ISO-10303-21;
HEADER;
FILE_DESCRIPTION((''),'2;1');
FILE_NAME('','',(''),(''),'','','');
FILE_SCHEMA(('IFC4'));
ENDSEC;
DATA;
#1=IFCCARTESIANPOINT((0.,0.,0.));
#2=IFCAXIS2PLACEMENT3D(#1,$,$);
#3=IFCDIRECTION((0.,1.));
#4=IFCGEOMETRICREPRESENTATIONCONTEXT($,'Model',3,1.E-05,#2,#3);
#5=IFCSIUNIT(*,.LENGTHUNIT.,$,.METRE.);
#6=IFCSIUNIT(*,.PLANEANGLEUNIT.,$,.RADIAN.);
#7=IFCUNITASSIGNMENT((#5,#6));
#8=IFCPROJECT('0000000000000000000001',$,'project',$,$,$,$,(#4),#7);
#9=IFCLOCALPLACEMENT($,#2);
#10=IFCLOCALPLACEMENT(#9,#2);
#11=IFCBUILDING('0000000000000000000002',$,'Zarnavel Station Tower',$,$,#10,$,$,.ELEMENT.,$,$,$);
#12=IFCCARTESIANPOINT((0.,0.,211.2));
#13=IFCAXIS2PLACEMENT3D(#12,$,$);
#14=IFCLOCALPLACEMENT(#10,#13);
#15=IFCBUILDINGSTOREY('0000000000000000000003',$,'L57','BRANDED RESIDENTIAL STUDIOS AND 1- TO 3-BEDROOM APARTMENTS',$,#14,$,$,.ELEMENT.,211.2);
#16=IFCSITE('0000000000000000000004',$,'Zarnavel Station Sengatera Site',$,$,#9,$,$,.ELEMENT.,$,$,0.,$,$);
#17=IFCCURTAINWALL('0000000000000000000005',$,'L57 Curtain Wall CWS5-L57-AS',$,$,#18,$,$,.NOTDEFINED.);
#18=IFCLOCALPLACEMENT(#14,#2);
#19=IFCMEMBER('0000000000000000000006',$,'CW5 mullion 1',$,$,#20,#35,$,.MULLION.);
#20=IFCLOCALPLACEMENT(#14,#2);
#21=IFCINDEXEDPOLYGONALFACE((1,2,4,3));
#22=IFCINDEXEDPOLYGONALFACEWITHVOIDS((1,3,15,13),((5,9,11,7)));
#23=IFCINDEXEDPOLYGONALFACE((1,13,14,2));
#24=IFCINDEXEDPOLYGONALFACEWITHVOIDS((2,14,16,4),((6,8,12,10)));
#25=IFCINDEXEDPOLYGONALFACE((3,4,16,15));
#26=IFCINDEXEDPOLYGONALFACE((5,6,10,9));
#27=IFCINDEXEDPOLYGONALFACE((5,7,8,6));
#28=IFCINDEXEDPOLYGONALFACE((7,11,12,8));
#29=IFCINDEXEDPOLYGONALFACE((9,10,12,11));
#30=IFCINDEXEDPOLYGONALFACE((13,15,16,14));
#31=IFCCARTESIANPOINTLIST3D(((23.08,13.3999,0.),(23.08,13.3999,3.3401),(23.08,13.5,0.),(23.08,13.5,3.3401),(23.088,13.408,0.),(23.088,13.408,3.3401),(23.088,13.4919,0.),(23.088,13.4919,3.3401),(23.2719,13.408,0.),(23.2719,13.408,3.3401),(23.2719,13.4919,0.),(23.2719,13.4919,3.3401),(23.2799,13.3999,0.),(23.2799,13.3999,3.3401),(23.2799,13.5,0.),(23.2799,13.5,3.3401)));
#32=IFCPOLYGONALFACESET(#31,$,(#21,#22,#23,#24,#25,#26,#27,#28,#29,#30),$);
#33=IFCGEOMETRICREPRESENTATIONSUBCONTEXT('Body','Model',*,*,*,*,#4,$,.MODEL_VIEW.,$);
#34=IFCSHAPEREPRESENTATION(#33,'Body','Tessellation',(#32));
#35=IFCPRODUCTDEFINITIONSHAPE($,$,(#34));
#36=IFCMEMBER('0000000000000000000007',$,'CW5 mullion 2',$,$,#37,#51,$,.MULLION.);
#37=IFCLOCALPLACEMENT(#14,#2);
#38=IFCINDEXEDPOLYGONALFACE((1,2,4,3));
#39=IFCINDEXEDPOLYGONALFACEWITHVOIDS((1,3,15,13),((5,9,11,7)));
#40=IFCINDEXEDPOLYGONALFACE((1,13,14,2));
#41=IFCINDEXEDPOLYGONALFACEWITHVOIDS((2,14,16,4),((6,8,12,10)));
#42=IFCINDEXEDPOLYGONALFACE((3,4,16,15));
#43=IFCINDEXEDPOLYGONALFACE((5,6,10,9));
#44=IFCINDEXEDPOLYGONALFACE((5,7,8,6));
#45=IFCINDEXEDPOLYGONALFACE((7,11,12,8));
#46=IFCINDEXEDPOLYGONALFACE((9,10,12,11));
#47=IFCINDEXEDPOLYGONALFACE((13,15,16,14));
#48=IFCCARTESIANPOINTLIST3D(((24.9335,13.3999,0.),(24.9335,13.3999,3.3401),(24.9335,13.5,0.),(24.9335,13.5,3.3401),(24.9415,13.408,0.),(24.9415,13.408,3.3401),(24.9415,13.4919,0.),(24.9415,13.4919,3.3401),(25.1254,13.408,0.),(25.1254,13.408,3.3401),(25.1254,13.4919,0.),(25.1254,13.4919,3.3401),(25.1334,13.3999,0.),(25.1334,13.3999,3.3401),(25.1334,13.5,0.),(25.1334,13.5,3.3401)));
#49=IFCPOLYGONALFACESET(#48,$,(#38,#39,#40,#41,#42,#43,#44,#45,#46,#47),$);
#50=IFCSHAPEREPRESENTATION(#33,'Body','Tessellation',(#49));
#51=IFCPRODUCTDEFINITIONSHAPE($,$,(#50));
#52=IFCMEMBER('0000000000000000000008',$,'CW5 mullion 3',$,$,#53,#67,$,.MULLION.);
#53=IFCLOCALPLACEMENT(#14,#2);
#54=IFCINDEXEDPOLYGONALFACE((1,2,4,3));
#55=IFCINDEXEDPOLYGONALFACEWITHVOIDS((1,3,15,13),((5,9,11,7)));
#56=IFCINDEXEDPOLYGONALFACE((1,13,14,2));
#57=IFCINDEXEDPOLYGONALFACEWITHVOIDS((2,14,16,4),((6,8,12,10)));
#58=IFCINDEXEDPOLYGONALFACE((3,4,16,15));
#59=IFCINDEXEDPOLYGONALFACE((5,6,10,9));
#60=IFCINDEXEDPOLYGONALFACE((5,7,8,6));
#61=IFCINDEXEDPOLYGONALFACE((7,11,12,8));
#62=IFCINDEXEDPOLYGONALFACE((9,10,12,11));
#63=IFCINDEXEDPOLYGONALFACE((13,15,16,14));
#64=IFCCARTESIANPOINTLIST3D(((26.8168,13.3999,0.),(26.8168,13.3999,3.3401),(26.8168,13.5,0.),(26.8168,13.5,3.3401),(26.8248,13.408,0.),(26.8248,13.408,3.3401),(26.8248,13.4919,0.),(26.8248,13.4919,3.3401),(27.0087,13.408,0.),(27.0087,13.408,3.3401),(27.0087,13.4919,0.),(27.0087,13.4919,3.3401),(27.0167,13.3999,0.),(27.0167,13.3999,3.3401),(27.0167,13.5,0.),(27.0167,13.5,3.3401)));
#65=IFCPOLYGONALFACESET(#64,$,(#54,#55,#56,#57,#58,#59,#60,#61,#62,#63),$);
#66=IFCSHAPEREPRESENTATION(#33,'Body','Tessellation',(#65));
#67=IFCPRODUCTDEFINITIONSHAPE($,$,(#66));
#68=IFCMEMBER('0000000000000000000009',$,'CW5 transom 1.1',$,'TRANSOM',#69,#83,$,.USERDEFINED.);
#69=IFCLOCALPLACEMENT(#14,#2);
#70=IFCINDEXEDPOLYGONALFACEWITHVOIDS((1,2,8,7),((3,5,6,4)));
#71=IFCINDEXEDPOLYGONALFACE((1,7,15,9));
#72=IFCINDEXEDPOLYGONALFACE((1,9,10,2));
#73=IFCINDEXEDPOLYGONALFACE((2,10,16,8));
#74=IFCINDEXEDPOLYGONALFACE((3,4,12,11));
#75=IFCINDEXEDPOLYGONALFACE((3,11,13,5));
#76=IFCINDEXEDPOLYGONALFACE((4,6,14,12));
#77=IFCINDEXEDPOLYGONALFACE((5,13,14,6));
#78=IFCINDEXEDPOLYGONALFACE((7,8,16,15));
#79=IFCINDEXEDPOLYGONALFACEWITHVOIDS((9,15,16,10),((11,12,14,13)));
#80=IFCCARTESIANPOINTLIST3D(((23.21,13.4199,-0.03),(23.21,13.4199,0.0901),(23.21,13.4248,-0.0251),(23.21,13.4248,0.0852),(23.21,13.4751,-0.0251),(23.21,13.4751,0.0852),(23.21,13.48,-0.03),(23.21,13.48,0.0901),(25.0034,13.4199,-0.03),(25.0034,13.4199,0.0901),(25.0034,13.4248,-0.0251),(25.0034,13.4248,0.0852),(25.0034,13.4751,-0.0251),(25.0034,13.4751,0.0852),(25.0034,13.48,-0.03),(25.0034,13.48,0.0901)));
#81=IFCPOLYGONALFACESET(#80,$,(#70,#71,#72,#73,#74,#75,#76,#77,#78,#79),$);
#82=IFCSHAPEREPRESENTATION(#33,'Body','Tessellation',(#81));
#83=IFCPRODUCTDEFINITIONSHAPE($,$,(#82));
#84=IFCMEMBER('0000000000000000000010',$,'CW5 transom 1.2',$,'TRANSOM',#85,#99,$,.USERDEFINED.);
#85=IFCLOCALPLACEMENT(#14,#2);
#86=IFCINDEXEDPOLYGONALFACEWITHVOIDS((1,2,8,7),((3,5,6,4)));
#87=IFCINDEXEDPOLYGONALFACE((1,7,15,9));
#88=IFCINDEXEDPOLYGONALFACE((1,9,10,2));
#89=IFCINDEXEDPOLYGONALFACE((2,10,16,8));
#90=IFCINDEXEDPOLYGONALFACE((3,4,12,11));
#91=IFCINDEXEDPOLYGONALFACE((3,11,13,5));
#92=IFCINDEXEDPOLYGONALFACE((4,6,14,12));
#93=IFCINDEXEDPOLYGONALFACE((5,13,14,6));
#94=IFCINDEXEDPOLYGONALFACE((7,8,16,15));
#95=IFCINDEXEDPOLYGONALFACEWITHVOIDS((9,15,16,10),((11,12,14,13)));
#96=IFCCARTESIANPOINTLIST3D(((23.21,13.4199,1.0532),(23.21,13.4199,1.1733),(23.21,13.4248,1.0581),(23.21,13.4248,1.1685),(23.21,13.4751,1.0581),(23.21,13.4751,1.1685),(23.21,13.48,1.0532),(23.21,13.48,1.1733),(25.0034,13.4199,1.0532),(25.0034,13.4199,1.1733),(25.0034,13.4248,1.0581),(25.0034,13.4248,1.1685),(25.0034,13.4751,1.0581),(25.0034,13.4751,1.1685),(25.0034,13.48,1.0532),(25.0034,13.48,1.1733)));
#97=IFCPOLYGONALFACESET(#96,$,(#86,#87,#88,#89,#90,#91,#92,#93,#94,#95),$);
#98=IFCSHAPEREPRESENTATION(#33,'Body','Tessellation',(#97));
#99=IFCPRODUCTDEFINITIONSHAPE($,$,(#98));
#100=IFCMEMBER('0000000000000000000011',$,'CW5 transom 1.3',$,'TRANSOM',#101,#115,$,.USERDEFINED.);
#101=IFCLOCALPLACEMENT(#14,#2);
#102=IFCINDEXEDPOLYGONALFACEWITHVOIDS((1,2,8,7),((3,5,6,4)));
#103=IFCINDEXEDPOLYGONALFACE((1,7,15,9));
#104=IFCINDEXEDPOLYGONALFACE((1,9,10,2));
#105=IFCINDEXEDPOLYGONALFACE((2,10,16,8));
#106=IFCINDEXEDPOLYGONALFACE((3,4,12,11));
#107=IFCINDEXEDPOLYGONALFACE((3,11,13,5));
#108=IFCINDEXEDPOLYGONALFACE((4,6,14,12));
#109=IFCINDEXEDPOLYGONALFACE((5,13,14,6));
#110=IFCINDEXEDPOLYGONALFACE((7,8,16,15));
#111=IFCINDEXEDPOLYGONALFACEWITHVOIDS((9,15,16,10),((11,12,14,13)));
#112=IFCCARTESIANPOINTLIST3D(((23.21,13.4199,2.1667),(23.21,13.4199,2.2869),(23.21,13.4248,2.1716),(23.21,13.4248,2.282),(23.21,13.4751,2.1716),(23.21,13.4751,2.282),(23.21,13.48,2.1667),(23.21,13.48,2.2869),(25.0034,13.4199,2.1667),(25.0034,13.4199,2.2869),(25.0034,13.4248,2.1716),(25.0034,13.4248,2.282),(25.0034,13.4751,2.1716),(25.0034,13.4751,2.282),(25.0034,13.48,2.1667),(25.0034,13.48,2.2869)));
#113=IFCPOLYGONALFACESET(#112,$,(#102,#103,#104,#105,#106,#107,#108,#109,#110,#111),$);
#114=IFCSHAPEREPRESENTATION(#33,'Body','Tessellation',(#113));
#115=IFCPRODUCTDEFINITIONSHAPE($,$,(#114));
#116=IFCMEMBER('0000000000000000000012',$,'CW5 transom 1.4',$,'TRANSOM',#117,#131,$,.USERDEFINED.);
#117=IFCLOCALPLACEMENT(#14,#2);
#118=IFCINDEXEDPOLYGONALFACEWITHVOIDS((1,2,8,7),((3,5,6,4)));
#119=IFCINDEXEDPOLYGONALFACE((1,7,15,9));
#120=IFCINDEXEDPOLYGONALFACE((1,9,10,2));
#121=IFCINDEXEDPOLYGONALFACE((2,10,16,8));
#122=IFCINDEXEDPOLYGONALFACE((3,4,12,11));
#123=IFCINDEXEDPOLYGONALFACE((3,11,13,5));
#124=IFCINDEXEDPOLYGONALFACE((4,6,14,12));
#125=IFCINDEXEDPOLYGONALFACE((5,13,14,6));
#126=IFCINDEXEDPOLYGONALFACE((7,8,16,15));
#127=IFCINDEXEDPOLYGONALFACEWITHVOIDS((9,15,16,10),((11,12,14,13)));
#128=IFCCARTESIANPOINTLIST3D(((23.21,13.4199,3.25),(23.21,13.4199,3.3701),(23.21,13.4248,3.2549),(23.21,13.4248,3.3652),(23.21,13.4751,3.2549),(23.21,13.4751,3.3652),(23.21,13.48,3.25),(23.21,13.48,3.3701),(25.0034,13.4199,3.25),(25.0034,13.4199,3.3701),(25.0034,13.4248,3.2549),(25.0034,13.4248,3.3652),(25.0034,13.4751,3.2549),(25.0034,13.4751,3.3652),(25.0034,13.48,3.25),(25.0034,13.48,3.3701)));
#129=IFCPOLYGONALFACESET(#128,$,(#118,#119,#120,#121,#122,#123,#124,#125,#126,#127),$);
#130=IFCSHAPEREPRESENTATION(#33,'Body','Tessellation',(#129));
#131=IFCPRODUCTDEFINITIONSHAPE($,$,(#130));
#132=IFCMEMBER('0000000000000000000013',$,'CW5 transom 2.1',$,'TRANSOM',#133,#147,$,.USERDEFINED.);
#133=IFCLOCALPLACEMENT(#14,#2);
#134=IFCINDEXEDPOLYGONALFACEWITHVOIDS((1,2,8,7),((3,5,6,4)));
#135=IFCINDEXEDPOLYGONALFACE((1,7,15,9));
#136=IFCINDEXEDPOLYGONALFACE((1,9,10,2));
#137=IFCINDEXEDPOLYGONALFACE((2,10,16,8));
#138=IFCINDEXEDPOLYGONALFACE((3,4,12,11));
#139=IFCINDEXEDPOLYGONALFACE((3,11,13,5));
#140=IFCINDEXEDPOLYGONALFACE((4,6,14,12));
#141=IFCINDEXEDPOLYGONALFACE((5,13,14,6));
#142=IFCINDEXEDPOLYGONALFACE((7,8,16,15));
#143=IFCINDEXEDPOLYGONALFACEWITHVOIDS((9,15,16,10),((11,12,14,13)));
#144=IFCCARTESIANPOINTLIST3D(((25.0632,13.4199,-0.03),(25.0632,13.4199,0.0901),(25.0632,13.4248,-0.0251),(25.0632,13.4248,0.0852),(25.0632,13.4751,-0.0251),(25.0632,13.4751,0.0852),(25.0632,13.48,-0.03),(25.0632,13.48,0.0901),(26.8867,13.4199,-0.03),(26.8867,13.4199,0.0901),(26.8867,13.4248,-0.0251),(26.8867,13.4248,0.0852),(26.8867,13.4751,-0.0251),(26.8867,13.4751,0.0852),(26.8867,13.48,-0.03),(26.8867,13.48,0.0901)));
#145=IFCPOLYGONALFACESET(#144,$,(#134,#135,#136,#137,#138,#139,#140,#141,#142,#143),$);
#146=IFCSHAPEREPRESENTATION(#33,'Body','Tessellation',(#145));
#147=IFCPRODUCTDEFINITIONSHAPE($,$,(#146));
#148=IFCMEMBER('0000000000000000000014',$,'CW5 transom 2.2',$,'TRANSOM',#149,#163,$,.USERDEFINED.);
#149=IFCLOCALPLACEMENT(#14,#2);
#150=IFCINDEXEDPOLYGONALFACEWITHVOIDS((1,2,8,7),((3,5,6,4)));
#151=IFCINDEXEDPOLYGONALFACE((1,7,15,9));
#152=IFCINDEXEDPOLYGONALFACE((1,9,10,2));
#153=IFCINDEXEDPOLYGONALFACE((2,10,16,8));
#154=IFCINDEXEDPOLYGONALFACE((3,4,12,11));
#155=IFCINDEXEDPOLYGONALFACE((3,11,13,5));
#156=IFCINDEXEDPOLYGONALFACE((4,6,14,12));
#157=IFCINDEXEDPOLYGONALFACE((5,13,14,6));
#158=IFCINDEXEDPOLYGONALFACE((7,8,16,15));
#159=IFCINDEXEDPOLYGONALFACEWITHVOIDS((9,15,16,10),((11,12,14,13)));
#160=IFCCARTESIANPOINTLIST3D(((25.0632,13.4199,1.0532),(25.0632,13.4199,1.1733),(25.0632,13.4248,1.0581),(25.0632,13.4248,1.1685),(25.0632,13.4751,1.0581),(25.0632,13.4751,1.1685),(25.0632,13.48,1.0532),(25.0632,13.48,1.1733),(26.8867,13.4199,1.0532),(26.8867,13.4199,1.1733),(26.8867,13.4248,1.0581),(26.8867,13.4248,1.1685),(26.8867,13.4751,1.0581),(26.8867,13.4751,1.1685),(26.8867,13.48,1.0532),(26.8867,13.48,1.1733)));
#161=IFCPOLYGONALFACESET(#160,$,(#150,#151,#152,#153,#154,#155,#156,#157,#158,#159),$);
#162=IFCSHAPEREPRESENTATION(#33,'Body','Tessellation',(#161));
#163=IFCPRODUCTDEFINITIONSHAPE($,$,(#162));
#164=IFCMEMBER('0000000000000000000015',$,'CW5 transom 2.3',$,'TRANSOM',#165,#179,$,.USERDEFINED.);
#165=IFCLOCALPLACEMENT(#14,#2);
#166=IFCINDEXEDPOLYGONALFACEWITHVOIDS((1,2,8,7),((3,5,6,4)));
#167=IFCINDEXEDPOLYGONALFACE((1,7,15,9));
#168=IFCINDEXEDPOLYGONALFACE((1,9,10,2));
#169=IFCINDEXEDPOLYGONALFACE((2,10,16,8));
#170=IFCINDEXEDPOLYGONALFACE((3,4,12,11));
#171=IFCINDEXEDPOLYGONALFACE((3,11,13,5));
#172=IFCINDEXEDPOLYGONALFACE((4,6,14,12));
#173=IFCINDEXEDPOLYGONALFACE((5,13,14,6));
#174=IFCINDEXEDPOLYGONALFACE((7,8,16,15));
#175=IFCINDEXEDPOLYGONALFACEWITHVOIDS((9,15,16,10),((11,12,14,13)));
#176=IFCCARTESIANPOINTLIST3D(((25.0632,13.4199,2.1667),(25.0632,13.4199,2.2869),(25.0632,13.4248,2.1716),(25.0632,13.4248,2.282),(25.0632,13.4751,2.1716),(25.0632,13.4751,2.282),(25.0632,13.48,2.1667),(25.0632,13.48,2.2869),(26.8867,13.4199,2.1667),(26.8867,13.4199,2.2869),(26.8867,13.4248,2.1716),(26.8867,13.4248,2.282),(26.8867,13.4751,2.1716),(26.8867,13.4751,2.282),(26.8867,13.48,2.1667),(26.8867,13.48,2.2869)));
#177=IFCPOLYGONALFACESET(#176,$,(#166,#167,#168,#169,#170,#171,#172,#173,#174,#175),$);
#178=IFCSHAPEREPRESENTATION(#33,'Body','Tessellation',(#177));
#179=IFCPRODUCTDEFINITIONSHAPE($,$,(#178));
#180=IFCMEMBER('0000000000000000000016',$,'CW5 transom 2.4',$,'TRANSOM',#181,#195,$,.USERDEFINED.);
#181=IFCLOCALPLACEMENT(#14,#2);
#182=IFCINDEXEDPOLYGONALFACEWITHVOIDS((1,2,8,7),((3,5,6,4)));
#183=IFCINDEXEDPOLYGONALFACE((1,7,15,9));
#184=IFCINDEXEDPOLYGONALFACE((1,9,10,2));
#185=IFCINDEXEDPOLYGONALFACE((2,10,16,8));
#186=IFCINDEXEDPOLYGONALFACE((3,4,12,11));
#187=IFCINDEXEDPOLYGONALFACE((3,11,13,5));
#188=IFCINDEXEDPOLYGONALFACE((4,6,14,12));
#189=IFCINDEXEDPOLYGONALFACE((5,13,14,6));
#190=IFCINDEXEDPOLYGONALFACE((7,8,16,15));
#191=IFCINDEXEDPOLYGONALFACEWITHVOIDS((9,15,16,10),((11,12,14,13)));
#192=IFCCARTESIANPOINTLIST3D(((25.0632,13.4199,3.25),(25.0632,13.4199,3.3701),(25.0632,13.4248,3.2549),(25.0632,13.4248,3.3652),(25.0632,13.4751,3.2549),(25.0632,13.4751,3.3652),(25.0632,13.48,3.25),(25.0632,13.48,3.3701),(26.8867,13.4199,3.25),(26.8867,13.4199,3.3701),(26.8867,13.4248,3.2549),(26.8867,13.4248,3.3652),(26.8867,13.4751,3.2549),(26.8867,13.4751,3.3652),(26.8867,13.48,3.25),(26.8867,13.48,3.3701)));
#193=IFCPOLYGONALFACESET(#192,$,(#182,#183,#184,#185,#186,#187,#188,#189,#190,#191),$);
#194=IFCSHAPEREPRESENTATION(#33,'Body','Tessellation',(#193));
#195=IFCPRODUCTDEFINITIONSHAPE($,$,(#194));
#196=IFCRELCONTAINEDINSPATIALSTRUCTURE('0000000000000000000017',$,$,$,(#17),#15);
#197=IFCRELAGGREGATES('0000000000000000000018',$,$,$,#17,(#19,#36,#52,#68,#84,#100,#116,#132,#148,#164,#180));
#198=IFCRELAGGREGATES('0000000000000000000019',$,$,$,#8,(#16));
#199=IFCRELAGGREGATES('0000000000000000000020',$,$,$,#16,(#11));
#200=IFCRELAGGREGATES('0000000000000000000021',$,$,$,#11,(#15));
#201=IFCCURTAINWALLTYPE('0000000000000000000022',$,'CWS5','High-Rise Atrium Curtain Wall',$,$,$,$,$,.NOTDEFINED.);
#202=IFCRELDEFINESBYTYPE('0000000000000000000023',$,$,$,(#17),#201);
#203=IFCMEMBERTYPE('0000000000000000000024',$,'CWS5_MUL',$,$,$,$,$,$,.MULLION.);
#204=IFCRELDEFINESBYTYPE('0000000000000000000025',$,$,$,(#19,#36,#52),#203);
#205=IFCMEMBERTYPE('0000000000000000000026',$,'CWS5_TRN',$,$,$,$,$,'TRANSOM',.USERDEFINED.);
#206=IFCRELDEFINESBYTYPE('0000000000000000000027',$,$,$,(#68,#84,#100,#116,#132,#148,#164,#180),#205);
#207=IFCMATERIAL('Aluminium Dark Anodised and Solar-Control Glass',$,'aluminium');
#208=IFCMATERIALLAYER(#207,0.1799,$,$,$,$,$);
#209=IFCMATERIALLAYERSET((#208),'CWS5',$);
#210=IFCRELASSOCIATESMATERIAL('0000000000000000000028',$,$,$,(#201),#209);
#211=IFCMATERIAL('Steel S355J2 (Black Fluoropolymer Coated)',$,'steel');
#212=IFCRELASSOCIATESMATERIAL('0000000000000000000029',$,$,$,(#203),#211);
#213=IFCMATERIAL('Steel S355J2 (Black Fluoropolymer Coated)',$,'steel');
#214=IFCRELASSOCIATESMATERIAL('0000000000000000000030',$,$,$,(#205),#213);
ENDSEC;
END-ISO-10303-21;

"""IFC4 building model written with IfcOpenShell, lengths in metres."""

from ifc_helpers import new_model, si_unit, direction, frame, origin, origin_2d, place, context, subcontext, project, spatial, hollow_rectangle, extrude, material, layer, layer_set, material_profile, profile_set, type_object, element, aggregate, save


model = new_model("IFC4")

# Units and contexts
model_context = context("Model", 3, precision=1e-05, world=origin(), true_north=direction((0.0, 1.0)))
body_context = subcontext(model_context, "Body", "Model", "MODEL_VIEW")
ifc_project = project(units=[si_unit("LENGTHUNIT", "METRE"), si_unit("PLANEANGLEUNIT", "RADIAN")], contexts=[model_context])

# Site, building, storey
site_placement = place(None, origin())
site = spatial("IfcSite", under=ifc_project, at=site_placement, Name="Zarnavel Station Sengatera Site", CompositionType="ELEMENT", RefElevation=0.0)
building_placement = place(site_placement, origin())
building = spatial("IfcBuilding", under=site, at=building_placement, Name="Zarnavel Station Tower", CompositionType="ELEMENT")
storey_placement = place(building_placement, frame((0.0, 0.0, 211.2)))
storey = spatial("IfcBuildingStorey", under=building, at=storey_placement, Name="L57", Description="BRANDED RESIDENTIAL STUDIOS AND 1- TO 3-BEDROOM APARTMENTS", CompositionType="ELEMENT", Elevation=211.2)

# Curtain wall, members
ifc_material_1 = material(Name="Aluminium Dark Anodised and Solar-Control Glass", Category="aluminium")
ifc_layer_1 = layer(ifc_material_1, 0.1799)
ifc_layer_set_1 = layer_set([ifc_layer_1], Name="CWS5")
curtain_wall_type = type_object("IfcCurtainWallType", Name="CWS5", Description="High-Rise Atrium Curtain Wall", PredefinedType="NOTDEFINED", material=ifc_layer_set_1)
curtain_wall_placement = place(storey_placement, origin())
curtain_wall = element("IfcCurtainWall", 1, at=curtain_wall_placement, inside=storey, type_object=curtain_wall_type, Name="L57 Curtain Wall CWS5-L57-AS", PredefinedType="NOTDEFINED")
ifc_material_2 = material(Name="Steel S355J2 (Black Fluoropolymer Coated)", Category="steel")
ifc_material_profile_1 = material_profile(ifc_material_2, hollow_rectangle(XDim=0.1001, YDim=0.2, WallThickness=0.0081, at=origin_2d()), Name="RHS200x100x8")
ifc_profile_set_1 = profile_set([ifc_material_profile_1], Name="Steel S355J2 (Black Fluoropolymer Coated)")
member_type_1 = type_object("IfcMemberType", Name="CWS5_MUL", PredefinedType="MULLION", material=ifc_profile_set_1)
member_1_placement = place(storey_placement, frame((23.1799, 13.45, 0.0), z_axis=(0.0, 0.0, 1.0), x_axis=(0.0, 1.0, 0.0)))
member_1 = element("IfcMember", 2, at=member_1_placement, type_object=member_type_1, Name="CW5 mullion 1", PredefinedType="MULLION", context=body_context, shape_type="SweptSolid", body=[
    extrude(hollow_rectangle(XDim=0.1001, YDim=0.2, WallThickness=0.0081, at=origin_2d()), origin(), (0.0, 0.0, 1.0), 3.3401),
])
member_2_placement = place(storey_placement, frame((25.0334, 13.45, 0.0), z_axis=(0.0, 0.0, 1.0), x_axis=(0.0, 1.0, 0.0)))
member_2 = element("IfcMember", 3, at=member_2_placement, type_object=member_type_1, Name="CW5 mullion 2", PredefinedType="MULLION", context=body_context, shape_type="SweptSolid", body=[
    extrude(hollow_rectangle(XDim=0.1001, YDim=0.2, WallThickness=0.0081, at=origin_2d()), origin(), (0.0, 0.0, 1.0), 3.3401),
])
member_3_placement = place(storey_placement, frame((26.9167, 13.45, 0.0), z_axis=(0.0, 0.0, 1.0), x_axis=(0.0, 1.0, 0.0)))
member_3 = element("IfcMember", 4, at=member_3_placement, type_object=member_type_1, Name="CW5 mullion 3", PredefinedType="MULLION", context=body_context, shape_type="SweptSolid", body=[
    extrude(hollow_rectangle(XDim=0.1001, YDim=0.2, WallThickness=0.0081, at=origin_2d()), origin(), (0.0, 0.0, 1.0), 3.3401),
])
ifc_material_3 = material(Name="Steel S355J2 (Black Fluoropolymer Coated)", Category="steel")
ifc_material_profile_2 = material_profile(ifc_material_3, hollow_rectangle(XDim=0.0601, YDim=0.1201, WallThickness=0.0049, at=origin_2d()), Name="RHS120x60x5")
ifc_profile_set_2 = profile_set([ifc_material_profile_2], Name="Steel S355J2 (Black Fluoropolymer Coated)")
member_type_2 = type_object("IfcMemberType", Name="CWS5_TRN", ElementType="TRANSOM", PredefinedType="USERDEFINED", material=ifc_profile_set_2)
member_4_placement = place(storey_placement, frame((23.21, 13.45, 0.03), z_axis=(1.0, 0.0, 0.0), x_axis=(0.0, 1.0, 0.0)))
member_4 = element("IfcMember", 5, at=member_4_placement, type_object=member_type_2, Name="CW5 transom 1.1", ObjectType="TRANSOM", PredefinedType="USERDEFINED", context=body_context, shape_type="SweptSolid", body=[
    extrude(hollow_rectangle(XDim=0.0601, YDim=0.1201, WallThickness=0.0049, at=origin_2d()), origin(), (0.0, 0.0, 1.0), 1.7935),
])
member_5_placement = place(storey_placement, frame((23.21, 13.45, 1.1133), z_axis=(1.0, 0.0, 0.0), x_axis=(0.0, 1.0, 0.0)))
member_5 = element("IfcMember", 6, at=member_5_placement, type_object=member_type_2, Name="CW5 transom 1.2", ObjectType="TRANSOM", PredefinedType="USERDEFINED", context=body_context, shape_type="SweptSolid", body=[
    extrude(hollow_rectangle(XDim=0.0601, YDim=0.1201, WallThickness=0.0049, at=origin_2d()), origin(), (0.0, 0.0, 1.0), 1.7935),
])
member_6_placement = place(storey_placement, frame((23.21, 13.45, 2.2268), z_axis=(1.0, 0.0, 0.0), x_axis=(0.0, 1.0, 0.0)))
member_6 = element("IfcMember", 7, at=member_6_placement, type_object=member_type_2, Name="CW5 transom 1.3", ObjectType="TRANSOM", PredefinedType="USERDEFINED", context=body_context, shape_type="SweptSolid", body=[
    extrude(hollow_rectangle(XDim=0.0601, YDim=0.1201, WallThickness=0.0049, at=origin_2d()), origin(), (0.0, 0.0, 1.0), 1.7935),
])
member_7_placement = place(storey_placement, frame((23.21, 13.45, 3.3101), z_axis=(1.0, 0.0, 0.0), x_axis=(0.0, 1.0, 0.0)))
member_7 = element("IfcMember", 8, at=member_7_placement, type_object=member_type_2, Name="CW5 transom 1.4", ObjectType="TRANSOM", PredefinedType="USERDEFINED", context=body_context, shape_type="SweptSolid", body=[
    extrude(hollow_rectangle(XDim=0.0601, YDim=0.1201, WallThickness=0.0049, at=origin_2d()), origin(), (0.0, 0.0, 1.0), 1.7935),
])
member_8_placement = place(storey_placement, frame((25.0632, 13.45, 0.03), z_axis=(1.0, 0.0, 0.0), x_axis=(0.0, 1.0, 0.0)))
member_8 = element("IfcMember", 9, at=member_8_placement, type_object=member_type_2, Name="CW5 transom 2.1", ObjectType="TRANSOM", PredefinedType="USERDEFINED", context=body_context, shape_type="SweptSolid", body=[
    extrude(hollow_rectangle(XDim=0.0601, YDim=0.1201, WallThickness=0.0049, at=origin_2d()), origin(), (0.0, 0.0, 1.0), 1.8235),
])
member_9_placement = place(storey_placement, frame((25.0632, 13.45, 1.1133), z_axis=(1.0, 0.0, 0.0), x_axis=(0.0, 1.0, 0.0)))
member_9 = element("IfcMember", 10, at=member_9_placement, type_object=member_type_2, Name="CW5 transom 2.2", ObjectType="TRANSOM", PredefinedType="USERDEFINED", context=body_context, shape_type="SweptSolid", body=[
    extrude(hollow_rectangle(XDim=0.0601, YDim=0.1201, WallThickness=0.0049, at=origin_2d()), origin(), (0.0, 0.0, 1.0), 1.8235),
])
member_10_placement = place(storey_placement, frame((25.0632, 13.45, 2.2268), z_axis=(1.0, 0.0, 0.0), x_axis=(0.0, 1.0, 0.0)))
member_10 = element("IfcMember", 11, at=member_10_placement, type_object=member_type_2, Name="CW5 transom 2.3", ObjectType="TRANSOM", PredefinedType="USERDEFINED", context=body_context, shape_type="SweptSolid", body=[
    extrude(hollow_rectangle(XDim=0.0601, YDim=0.1201, WallThickness=0.0049, at=origin_2d()), origin(), (0.0, 0.0, 1.0), 1.8235),
])
member_11_placement = place(storey_placement, frame((25.0632, 13.45, 3.3101), z_axis=(1.0, 0.0, 0.0), x_axis=(0.0, 1.0, 0.0)))
member_11 = element("IfcMember", 12, at=member_11_placement, type_object=member_type_2, Name="CW5 transom 2.4", ObjectType="TRANSOM", PredefinedType="USERDEFINED", context=body_context, shape_type="SweptSolid", body=[
    extrude(hollow_rectangle(XDim=0.0601, YDim=0.1201, WallThickness=0.0049, at=origin_2d()), origin(), (0.0, 0.0, 1.0), 1.8235),
])
aggregate(curtain_wall, [member_1, member_2, member_3, member_4, member_5, member_6, member_7, member_8, member_9, member_10, member_11])

save(model, "model.ifc")
